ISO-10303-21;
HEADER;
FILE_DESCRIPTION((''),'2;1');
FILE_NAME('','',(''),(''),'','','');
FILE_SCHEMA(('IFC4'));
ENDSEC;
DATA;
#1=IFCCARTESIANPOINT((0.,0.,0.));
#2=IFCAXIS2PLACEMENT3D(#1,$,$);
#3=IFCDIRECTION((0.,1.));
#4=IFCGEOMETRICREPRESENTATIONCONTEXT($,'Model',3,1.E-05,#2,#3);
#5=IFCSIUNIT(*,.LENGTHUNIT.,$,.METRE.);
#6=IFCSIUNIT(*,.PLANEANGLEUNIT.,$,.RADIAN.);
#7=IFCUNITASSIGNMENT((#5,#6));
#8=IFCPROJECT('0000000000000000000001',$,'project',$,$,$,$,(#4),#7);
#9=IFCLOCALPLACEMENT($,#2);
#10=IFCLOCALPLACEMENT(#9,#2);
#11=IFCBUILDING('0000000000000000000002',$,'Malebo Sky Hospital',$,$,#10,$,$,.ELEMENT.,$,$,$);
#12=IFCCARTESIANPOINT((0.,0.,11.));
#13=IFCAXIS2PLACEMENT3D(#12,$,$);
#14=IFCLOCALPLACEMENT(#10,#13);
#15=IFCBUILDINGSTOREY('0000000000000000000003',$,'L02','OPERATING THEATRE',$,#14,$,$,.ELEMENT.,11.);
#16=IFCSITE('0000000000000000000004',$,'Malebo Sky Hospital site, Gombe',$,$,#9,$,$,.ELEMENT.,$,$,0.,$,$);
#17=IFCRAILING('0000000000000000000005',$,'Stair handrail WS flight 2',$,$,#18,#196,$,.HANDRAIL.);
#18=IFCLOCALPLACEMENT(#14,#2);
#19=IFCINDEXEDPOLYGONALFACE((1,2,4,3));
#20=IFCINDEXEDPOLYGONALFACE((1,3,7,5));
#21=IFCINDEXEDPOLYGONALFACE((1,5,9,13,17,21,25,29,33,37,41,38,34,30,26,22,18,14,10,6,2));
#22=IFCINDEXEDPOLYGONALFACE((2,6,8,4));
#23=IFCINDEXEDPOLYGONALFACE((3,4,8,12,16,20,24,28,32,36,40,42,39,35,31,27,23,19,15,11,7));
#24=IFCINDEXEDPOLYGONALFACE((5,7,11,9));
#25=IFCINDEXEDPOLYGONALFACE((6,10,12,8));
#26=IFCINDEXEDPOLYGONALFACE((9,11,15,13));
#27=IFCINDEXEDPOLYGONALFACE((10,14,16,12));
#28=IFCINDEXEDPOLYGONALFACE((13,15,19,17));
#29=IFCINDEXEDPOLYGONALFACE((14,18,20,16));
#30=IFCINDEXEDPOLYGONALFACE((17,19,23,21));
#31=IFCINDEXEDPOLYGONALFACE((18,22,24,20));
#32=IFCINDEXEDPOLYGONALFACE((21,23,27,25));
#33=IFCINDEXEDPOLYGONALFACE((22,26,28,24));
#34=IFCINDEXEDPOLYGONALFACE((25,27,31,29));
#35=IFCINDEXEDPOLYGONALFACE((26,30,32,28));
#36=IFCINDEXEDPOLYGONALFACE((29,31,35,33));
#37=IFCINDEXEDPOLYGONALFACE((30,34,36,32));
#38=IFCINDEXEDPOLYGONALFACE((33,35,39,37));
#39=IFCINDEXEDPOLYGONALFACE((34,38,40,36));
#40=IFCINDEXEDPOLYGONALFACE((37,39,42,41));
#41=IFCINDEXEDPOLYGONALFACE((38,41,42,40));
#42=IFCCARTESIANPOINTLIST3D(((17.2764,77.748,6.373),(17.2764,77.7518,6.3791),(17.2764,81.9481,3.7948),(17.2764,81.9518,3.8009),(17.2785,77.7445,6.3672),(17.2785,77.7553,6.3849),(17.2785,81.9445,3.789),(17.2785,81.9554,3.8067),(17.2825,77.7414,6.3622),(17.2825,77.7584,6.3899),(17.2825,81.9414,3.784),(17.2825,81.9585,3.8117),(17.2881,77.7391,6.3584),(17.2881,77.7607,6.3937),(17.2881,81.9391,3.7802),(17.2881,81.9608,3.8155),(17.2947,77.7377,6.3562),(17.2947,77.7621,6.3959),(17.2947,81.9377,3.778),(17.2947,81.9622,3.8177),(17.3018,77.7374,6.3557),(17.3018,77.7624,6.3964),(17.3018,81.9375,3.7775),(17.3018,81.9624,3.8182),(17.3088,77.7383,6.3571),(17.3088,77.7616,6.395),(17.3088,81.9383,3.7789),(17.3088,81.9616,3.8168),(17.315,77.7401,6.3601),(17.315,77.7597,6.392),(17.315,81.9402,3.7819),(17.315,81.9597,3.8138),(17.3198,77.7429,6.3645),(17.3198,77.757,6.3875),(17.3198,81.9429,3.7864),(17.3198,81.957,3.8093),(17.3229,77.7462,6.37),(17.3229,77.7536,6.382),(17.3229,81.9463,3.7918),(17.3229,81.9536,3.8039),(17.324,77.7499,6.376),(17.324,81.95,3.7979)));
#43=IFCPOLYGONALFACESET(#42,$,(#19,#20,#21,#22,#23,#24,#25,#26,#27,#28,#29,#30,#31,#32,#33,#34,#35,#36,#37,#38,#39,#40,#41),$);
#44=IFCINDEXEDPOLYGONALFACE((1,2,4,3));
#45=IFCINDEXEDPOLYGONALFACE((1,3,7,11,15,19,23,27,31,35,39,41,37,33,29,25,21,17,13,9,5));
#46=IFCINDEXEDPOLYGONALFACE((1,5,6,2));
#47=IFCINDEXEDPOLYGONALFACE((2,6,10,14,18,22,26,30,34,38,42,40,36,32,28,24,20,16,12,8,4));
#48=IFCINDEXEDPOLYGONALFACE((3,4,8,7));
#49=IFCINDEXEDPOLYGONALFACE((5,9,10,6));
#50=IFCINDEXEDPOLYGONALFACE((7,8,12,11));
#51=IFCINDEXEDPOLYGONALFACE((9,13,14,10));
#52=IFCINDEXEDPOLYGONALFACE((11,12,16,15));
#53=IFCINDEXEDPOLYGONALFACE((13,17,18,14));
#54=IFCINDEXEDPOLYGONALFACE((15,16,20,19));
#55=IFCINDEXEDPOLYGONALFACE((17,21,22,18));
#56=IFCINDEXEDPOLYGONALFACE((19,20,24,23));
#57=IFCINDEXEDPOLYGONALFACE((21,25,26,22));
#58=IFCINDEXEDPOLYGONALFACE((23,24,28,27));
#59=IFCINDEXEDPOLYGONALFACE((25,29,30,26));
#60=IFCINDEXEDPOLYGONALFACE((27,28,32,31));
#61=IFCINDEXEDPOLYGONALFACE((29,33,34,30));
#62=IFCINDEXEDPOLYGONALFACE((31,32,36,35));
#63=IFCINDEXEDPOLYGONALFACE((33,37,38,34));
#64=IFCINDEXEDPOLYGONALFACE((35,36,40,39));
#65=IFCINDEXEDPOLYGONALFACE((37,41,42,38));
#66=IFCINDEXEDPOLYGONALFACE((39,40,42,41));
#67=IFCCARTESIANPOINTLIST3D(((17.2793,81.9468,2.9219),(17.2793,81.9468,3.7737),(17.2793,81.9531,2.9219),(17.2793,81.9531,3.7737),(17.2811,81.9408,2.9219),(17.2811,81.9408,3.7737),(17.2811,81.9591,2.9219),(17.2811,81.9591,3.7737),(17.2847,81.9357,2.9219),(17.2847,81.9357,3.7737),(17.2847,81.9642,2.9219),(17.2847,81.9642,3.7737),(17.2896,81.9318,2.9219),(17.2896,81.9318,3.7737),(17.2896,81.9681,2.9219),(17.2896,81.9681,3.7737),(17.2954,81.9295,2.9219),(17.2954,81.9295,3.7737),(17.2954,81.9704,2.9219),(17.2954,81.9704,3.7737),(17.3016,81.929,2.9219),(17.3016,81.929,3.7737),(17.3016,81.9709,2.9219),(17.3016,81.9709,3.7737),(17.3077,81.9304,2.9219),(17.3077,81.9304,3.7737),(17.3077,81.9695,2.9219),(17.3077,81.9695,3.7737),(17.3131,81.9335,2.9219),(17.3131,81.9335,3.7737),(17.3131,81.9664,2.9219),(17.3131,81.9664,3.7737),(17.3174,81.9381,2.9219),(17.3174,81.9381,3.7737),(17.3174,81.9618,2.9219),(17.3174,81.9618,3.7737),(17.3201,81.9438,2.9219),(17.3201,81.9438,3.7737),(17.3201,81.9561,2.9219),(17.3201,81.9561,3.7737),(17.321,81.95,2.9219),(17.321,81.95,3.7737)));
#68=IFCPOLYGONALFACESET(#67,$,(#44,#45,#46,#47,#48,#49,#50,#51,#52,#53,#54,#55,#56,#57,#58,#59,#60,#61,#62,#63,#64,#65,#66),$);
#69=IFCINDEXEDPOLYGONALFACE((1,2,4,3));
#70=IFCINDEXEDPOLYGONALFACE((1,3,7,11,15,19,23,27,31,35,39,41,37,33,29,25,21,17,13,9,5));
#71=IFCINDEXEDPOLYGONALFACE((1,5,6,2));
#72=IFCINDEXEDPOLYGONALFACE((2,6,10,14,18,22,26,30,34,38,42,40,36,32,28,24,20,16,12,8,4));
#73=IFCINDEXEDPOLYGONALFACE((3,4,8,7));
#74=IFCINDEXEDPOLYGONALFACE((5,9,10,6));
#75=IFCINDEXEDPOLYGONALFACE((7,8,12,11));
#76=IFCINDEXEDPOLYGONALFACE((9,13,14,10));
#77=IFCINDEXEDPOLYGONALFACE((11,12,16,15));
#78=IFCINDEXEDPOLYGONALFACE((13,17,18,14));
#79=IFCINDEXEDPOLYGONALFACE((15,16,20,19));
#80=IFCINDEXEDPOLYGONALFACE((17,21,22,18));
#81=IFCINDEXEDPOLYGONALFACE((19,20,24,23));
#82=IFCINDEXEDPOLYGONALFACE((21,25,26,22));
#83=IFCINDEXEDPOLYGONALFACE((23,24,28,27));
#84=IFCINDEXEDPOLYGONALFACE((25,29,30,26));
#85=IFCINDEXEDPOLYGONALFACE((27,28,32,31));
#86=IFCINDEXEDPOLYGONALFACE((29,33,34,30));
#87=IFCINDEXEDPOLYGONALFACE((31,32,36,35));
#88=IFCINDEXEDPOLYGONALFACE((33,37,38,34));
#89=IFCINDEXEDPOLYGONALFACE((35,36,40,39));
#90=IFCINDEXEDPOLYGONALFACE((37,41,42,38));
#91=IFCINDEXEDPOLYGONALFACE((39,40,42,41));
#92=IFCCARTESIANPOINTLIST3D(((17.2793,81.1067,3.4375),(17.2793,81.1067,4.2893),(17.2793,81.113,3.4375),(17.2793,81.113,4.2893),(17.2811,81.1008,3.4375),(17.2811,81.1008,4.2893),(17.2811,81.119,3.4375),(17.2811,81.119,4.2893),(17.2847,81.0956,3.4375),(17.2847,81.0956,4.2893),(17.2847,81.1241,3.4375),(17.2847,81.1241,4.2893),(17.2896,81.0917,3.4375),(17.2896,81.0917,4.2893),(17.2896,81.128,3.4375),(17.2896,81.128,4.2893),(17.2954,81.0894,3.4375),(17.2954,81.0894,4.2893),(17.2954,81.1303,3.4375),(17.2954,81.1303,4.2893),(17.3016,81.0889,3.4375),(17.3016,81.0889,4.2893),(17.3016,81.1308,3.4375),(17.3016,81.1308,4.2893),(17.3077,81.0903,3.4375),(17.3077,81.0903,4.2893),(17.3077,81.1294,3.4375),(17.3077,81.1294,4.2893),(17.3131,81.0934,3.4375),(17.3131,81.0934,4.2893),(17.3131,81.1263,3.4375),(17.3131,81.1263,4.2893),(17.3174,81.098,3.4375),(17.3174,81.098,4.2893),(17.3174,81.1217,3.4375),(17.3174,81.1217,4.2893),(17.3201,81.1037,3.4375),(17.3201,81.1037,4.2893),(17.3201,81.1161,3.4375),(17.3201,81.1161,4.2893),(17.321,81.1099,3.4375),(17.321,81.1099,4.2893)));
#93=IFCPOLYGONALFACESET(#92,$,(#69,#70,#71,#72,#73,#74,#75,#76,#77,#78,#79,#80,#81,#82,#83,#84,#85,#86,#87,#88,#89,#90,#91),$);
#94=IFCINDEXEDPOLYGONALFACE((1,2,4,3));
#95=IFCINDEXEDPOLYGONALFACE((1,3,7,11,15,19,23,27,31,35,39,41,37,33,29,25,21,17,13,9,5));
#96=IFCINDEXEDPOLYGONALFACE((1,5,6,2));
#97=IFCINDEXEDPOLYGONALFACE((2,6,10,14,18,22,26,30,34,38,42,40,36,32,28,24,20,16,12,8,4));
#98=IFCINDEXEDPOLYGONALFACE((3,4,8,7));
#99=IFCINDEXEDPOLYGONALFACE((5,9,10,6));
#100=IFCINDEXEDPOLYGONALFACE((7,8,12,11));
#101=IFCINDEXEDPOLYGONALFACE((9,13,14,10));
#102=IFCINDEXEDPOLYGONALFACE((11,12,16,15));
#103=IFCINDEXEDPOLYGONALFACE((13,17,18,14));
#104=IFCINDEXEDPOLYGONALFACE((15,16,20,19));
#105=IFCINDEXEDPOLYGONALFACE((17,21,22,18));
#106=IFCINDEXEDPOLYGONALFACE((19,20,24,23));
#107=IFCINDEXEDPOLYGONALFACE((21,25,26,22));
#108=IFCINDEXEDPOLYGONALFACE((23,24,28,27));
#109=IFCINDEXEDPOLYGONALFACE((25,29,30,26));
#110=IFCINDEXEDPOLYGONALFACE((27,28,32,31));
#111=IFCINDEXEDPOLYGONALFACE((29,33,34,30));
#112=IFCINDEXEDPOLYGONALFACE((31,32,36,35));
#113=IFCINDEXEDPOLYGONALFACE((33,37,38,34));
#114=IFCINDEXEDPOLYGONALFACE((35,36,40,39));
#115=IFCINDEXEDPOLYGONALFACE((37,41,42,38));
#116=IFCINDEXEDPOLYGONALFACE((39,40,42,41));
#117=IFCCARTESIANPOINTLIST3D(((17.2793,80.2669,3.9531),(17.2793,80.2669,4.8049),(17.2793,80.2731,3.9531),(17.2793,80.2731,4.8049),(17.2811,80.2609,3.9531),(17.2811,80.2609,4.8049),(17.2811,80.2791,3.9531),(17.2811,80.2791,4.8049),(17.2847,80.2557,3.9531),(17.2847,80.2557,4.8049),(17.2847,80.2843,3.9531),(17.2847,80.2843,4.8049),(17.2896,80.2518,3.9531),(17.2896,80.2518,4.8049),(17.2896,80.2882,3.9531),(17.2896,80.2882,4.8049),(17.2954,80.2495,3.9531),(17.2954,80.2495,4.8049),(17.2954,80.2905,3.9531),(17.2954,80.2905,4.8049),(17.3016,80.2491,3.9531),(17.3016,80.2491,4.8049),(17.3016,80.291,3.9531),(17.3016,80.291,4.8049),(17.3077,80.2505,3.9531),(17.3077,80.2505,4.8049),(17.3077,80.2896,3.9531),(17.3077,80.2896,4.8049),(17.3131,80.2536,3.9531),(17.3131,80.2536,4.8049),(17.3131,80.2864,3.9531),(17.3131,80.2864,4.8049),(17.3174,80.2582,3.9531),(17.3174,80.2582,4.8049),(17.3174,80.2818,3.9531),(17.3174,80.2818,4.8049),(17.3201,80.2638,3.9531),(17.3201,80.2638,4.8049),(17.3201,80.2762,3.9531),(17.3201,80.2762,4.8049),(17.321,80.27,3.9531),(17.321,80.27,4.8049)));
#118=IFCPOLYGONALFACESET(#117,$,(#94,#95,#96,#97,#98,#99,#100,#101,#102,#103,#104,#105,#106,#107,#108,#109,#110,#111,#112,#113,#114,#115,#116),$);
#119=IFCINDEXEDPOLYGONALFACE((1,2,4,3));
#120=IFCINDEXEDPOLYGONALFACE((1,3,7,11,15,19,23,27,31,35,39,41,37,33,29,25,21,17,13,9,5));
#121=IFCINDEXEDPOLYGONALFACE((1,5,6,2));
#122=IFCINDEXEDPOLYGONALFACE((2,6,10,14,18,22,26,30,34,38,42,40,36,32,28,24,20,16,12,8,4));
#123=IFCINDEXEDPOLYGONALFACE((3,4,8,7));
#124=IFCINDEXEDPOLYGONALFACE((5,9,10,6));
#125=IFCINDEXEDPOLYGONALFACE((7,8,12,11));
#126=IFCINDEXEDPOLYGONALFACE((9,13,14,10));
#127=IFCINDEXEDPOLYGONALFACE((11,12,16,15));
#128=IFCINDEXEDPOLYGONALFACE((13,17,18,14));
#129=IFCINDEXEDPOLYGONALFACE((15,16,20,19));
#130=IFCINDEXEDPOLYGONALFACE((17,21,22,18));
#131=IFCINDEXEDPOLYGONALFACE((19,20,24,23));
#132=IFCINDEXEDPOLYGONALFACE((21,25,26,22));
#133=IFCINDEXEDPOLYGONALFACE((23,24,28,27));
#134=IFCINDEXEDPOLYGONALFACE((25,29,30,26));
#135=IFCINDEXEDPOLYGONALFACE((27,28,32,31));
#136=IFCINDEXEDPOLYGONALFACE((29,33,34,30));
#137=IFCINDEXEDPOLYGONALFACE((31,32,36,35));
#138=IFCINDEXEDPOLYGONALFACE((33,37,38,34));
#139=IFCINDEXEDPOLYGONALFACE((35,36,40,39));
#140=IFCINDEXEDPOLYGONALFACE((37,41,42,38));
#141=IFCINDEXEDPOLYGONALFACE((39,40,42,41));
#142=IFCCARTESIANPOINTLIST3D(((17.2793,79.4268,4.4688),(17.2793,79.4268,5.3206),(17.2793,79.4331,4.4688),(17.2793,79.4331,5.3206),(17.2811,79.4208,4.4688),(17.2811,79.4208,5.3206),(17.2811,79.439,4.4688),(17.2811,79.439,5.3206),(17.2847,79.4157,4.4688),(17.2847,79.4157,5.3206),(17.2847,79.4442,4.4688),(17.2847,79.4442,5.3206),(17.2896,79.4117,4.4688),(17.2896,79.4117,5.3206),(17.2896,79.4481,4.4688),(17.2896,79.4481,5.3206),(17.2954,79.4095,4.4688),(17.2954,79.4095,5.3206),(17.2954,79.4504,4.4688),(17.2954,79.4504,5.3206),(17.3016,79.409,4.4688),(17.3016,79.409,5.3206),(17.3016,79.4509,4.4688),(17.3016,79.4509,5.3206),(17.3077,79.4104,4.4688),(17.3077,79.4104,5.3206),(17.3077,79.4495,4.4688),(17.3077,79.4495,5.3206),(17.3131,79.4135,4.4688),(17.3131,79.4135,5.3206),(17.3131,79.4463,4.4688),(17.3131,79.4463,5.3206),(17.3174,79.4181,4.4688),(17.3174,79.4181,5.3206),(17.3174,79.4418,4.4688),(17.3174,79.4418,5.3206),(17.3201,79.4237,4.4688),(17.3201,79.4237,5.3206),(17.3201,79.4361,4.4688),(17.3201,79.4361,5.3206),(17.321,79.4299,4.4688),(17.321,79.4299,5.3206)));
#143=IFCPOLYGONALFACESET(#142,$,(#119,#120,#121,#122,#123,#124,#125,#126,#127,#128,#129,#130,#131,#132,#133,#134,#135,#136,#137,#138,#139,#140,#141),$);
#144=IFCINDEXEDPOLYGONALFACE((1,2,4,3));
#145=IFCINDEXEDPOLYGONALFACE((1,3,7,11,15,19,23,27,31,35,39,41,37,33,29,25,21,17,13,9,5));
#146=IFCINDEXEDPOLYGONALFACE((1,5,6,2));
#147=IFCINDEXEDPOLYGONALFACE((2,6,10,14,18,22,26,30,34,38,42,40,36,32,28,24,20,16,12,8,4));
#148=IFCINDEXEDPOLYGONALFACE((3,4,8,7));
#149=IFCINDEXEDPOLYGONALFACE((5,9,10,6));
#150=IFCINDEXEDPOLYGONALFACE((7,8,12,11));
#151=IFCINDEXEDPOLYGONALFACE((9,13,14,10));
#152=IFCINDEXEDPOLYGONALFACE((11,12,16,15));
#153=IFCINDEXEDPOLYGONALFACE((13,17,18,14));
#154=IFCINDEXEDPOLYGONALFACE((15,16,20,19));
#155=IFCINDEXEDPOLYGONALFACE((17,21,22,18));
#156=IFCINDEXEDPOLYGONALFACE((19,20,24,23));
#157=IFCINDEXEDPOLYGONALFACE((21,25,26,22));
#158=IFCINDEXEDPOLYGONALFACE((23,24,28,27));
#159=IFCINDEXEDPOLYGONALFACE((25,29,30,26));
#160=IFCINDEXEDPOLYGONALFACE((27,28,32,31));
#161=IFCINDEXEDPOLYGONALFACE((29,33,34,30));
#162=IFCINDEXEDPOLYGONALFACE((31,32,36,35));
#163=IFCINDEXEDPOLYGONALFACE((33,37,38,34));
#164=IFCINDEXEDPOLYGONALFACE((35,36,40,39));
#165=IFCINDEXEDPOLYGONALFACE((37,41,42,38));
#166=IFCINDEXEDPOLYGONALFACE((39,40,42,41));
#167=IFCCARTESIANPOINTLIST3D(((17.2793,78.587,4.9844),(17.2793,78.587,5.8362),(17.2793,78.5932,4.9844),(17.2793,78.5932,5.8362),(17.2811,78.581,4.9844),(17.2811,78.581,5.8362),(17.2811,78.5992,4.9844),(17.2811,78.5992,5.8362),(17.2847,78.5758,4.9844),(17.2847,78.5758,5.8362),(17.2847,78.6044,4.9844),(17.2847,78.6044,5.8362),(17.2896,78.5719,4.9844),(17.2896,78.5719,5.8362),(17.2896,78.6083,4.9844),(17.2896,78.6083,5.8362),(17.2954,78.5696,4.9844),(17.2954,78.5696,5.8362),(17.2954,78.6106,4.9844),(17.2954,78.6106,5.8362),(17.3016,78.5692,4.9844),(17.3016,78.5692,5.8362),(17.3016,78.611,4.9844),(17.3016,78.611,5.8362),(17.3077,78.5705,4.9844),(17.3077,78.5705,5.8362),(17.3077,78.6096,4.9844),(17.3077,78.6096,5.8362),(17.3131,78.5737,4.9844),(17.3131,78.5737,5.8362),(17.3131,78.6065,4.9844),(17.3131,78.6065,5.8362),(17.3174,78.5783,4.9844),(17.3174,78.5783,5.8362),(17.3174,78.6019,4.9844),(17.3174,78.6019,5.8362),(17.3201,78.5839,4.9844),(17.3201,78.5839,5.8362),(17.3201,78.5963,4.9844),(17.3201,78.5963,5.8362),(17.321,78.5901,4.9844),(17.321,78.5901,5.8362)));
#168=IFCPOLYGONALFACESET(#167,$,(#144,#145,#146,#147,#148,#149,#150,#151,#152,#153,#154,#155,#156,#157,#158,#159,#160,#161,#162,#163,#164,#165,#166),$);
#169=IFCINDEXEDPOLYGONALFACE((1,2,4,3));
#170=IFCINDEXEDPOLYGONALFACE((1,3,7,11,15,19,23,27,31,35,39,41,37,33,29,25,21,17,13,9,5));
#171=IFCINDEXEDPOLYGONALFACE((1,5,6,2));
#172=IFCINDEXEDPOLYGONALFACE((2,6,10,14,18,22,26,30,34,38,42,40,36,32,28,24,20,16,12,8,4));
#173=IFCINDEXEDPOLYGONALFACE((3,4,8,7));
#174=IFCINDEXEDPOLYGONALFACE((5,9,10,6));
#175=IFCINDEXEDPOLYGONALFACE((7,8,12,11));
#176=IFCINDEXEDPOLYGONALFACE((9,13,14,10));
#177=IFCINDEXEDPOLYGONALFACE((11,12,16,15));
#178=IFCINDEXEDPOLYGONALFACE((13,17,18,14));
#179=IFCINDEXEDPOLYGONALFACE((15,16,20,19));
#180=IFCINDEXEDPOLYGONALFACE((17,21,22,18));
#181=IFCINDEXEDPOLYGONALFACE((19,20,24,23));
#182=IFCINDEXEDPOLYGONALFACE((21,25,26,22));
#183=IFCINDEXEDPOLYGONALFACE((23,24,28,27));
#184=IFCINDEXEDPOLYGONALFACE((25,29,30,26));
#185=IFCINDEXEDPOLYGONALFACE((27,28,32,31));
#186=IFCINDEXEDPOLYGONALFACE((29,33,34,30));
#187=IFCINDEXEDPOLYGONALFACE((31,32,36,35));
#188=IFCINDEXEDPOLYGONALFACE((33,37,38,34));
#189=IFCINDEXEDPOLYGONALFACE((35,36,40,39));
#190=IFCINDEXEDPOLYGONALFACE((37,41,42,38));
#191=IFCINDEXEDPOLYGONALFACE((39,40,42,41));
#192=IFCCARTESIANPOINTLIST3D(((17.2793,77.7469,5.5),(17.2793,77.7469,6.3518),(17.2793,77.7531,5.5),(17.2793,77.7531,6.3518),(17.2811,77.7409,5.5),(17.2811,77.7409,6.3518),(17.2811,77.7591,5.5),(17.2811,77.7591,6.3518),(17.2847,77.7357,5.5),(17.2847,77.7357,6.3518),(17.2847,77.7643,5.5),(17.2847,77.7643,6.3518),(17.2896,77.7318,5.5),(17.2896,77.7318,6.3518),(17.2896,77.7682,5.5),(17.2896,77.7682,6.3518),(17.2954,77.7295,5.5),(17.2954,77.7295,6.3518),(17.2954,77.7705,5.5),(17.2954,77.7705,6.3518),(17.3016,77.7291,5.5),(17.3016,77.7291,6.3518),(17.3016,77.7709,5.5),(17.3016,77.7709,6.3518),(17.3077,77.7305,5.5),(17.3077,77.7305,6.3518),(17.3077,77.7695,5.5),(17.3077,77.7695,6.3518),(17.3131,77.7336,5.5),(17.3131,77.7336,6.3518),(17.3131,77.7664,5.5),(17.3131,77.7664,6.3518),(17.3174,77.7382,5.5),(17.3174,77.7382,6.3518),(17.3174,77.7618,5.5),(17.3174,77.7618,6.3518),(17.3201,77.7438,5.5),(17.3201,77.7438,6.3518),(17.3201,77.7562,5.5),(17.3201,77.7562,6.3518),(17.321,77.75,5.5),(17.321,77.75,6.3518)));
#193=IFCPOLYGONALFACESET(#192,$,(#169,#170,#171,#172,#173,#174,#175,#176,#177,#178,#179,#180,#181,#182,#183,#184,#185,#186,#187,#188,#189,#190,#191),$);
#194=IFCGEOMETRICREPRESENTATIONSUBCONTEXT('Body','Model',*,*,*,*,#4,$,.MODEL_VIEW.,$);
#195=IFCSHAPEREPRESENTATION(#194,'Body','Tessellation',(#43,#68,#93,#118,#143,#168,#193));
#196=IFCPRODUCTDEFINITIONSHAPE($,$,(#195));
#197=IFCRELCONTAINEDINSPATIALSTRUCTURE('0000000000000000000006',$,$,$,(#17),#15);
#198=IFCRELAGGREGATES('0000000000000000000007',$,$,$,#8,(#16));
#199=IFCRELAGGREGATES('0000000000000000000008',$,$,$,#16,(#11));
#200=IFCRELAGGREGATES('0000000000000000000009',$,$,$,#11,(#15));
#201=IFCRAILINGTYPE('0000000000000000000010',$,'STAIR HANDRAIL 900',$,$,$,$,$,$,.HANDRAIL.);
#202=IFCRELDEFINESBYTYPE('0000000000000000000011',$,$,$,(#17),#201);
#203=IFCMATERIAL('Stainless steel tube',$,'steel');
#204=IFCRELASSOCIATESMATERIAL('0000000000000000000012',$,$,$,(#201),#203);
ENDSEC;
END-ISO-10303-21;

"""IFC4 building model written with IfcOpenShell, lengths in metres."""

from ifc_helpers import new_model, si_unit, direction, frame, origin, origin_2d, place, context, subcontext, project, spatial, circle, extrude, material, type_object, element, save


model = new_model("IFC4")

# Units and contexts
model_context = context("Model", 3, precision=1e-05, world=origin(), true_north=direction((0.0, 1.0)))
body_context = subcontext(model_context, "Body", "Model", "MODEL_VIEW")
ifc_project = project(units=[si_unit("LENGTHUNIT", "METRE"), si_unit("PLANEANGLEUNIT", "RADIAN")], contexts=[model_context])

# Site, building, storey
site_placement = place(None, origin())
site = spatial("IfcSite", under=ifc_project, at=site_placement, Name="Malebo Sky Hospital site, Gombe", CompositionType="ELEMENT", RefElevation=0.0)
building_placement = place(site_placement, origin())
building = spatial("IfcBuilding", under=site, at=building_placement, Name="Malebo Sky Hospital", CompositionType="ELEMENT")
storey_placement = place(building_placement, frame((0.0, 0.0, 11.0)))
storey = spatial("IfcBuildingStorey", under=building, at=storey_placement, Name="L02", Description="OPERATING THEATRE", CompositionType="ELEMENT", Elevation=11.0)

# Railing
ifc_material_1 = material(Name="Stainless steel tube", Category="steel")
railing_type = type_object("IfcRailingType", Name="STAIR HANDRAIL 900", PredefinedType="HANDRAIL", material=ifc_material_1)
railing_1_placement = place(storey_placement, frame((17.3, 81.95, 2.9219)))
element("IfcRailing", 1, at=railing_1_placement, inside=storey, type_object=railing_type, Name="Stair handrail WS flight 2", PredefinedType="HANDRAIL", context=body_context, shape_type="SweptSolid", body=[
    extrude(circle(Radius=0.0239, at=origin_2d()), frame((0.0, 0.0, 0.876), z_axis=(0.0, -0.852243, 0.523146), x_axis=(1.0, 0.0, 0.0)), (0.0, 0.0, 1.0), 4.9282),
    extrude(circle(Radius=0.021, at=origin_2d()), origin(), (0.0, 0.0, 1.0), 0.8518),
    extrude(circle(Radius=0.021, at=origin_2d()), frame((0.0, -0.8401, 0.5156)), (0.0, 0.0, 1.0), 0.8518),
    extrude(circle(Radius=0.021, at=origin_2d()), frame((0.0, -1.6799, 1.0312)), (0.0, 0.0, 1.0), 0.8518),
    extrude(circle(Radius=0.021, at=origin_2d()), frame((0.0, -2.52, 1.5469)), (0.0, 0.0, 1.0), 0.8518),
    extrude(circle(Radius=0.021, at=origin_2d()), frame((0.0, -3.3599, 2.0625)), (0.0, 0.0, 1.0), 0.8518),
    extrude(circle(Radius=0.021, at=origin_2d()), frame((0.0, -4.2, 2.5781)), (0.0, 0.0, 1.0), 0.8518),
])

save(model, "model.ifc")
